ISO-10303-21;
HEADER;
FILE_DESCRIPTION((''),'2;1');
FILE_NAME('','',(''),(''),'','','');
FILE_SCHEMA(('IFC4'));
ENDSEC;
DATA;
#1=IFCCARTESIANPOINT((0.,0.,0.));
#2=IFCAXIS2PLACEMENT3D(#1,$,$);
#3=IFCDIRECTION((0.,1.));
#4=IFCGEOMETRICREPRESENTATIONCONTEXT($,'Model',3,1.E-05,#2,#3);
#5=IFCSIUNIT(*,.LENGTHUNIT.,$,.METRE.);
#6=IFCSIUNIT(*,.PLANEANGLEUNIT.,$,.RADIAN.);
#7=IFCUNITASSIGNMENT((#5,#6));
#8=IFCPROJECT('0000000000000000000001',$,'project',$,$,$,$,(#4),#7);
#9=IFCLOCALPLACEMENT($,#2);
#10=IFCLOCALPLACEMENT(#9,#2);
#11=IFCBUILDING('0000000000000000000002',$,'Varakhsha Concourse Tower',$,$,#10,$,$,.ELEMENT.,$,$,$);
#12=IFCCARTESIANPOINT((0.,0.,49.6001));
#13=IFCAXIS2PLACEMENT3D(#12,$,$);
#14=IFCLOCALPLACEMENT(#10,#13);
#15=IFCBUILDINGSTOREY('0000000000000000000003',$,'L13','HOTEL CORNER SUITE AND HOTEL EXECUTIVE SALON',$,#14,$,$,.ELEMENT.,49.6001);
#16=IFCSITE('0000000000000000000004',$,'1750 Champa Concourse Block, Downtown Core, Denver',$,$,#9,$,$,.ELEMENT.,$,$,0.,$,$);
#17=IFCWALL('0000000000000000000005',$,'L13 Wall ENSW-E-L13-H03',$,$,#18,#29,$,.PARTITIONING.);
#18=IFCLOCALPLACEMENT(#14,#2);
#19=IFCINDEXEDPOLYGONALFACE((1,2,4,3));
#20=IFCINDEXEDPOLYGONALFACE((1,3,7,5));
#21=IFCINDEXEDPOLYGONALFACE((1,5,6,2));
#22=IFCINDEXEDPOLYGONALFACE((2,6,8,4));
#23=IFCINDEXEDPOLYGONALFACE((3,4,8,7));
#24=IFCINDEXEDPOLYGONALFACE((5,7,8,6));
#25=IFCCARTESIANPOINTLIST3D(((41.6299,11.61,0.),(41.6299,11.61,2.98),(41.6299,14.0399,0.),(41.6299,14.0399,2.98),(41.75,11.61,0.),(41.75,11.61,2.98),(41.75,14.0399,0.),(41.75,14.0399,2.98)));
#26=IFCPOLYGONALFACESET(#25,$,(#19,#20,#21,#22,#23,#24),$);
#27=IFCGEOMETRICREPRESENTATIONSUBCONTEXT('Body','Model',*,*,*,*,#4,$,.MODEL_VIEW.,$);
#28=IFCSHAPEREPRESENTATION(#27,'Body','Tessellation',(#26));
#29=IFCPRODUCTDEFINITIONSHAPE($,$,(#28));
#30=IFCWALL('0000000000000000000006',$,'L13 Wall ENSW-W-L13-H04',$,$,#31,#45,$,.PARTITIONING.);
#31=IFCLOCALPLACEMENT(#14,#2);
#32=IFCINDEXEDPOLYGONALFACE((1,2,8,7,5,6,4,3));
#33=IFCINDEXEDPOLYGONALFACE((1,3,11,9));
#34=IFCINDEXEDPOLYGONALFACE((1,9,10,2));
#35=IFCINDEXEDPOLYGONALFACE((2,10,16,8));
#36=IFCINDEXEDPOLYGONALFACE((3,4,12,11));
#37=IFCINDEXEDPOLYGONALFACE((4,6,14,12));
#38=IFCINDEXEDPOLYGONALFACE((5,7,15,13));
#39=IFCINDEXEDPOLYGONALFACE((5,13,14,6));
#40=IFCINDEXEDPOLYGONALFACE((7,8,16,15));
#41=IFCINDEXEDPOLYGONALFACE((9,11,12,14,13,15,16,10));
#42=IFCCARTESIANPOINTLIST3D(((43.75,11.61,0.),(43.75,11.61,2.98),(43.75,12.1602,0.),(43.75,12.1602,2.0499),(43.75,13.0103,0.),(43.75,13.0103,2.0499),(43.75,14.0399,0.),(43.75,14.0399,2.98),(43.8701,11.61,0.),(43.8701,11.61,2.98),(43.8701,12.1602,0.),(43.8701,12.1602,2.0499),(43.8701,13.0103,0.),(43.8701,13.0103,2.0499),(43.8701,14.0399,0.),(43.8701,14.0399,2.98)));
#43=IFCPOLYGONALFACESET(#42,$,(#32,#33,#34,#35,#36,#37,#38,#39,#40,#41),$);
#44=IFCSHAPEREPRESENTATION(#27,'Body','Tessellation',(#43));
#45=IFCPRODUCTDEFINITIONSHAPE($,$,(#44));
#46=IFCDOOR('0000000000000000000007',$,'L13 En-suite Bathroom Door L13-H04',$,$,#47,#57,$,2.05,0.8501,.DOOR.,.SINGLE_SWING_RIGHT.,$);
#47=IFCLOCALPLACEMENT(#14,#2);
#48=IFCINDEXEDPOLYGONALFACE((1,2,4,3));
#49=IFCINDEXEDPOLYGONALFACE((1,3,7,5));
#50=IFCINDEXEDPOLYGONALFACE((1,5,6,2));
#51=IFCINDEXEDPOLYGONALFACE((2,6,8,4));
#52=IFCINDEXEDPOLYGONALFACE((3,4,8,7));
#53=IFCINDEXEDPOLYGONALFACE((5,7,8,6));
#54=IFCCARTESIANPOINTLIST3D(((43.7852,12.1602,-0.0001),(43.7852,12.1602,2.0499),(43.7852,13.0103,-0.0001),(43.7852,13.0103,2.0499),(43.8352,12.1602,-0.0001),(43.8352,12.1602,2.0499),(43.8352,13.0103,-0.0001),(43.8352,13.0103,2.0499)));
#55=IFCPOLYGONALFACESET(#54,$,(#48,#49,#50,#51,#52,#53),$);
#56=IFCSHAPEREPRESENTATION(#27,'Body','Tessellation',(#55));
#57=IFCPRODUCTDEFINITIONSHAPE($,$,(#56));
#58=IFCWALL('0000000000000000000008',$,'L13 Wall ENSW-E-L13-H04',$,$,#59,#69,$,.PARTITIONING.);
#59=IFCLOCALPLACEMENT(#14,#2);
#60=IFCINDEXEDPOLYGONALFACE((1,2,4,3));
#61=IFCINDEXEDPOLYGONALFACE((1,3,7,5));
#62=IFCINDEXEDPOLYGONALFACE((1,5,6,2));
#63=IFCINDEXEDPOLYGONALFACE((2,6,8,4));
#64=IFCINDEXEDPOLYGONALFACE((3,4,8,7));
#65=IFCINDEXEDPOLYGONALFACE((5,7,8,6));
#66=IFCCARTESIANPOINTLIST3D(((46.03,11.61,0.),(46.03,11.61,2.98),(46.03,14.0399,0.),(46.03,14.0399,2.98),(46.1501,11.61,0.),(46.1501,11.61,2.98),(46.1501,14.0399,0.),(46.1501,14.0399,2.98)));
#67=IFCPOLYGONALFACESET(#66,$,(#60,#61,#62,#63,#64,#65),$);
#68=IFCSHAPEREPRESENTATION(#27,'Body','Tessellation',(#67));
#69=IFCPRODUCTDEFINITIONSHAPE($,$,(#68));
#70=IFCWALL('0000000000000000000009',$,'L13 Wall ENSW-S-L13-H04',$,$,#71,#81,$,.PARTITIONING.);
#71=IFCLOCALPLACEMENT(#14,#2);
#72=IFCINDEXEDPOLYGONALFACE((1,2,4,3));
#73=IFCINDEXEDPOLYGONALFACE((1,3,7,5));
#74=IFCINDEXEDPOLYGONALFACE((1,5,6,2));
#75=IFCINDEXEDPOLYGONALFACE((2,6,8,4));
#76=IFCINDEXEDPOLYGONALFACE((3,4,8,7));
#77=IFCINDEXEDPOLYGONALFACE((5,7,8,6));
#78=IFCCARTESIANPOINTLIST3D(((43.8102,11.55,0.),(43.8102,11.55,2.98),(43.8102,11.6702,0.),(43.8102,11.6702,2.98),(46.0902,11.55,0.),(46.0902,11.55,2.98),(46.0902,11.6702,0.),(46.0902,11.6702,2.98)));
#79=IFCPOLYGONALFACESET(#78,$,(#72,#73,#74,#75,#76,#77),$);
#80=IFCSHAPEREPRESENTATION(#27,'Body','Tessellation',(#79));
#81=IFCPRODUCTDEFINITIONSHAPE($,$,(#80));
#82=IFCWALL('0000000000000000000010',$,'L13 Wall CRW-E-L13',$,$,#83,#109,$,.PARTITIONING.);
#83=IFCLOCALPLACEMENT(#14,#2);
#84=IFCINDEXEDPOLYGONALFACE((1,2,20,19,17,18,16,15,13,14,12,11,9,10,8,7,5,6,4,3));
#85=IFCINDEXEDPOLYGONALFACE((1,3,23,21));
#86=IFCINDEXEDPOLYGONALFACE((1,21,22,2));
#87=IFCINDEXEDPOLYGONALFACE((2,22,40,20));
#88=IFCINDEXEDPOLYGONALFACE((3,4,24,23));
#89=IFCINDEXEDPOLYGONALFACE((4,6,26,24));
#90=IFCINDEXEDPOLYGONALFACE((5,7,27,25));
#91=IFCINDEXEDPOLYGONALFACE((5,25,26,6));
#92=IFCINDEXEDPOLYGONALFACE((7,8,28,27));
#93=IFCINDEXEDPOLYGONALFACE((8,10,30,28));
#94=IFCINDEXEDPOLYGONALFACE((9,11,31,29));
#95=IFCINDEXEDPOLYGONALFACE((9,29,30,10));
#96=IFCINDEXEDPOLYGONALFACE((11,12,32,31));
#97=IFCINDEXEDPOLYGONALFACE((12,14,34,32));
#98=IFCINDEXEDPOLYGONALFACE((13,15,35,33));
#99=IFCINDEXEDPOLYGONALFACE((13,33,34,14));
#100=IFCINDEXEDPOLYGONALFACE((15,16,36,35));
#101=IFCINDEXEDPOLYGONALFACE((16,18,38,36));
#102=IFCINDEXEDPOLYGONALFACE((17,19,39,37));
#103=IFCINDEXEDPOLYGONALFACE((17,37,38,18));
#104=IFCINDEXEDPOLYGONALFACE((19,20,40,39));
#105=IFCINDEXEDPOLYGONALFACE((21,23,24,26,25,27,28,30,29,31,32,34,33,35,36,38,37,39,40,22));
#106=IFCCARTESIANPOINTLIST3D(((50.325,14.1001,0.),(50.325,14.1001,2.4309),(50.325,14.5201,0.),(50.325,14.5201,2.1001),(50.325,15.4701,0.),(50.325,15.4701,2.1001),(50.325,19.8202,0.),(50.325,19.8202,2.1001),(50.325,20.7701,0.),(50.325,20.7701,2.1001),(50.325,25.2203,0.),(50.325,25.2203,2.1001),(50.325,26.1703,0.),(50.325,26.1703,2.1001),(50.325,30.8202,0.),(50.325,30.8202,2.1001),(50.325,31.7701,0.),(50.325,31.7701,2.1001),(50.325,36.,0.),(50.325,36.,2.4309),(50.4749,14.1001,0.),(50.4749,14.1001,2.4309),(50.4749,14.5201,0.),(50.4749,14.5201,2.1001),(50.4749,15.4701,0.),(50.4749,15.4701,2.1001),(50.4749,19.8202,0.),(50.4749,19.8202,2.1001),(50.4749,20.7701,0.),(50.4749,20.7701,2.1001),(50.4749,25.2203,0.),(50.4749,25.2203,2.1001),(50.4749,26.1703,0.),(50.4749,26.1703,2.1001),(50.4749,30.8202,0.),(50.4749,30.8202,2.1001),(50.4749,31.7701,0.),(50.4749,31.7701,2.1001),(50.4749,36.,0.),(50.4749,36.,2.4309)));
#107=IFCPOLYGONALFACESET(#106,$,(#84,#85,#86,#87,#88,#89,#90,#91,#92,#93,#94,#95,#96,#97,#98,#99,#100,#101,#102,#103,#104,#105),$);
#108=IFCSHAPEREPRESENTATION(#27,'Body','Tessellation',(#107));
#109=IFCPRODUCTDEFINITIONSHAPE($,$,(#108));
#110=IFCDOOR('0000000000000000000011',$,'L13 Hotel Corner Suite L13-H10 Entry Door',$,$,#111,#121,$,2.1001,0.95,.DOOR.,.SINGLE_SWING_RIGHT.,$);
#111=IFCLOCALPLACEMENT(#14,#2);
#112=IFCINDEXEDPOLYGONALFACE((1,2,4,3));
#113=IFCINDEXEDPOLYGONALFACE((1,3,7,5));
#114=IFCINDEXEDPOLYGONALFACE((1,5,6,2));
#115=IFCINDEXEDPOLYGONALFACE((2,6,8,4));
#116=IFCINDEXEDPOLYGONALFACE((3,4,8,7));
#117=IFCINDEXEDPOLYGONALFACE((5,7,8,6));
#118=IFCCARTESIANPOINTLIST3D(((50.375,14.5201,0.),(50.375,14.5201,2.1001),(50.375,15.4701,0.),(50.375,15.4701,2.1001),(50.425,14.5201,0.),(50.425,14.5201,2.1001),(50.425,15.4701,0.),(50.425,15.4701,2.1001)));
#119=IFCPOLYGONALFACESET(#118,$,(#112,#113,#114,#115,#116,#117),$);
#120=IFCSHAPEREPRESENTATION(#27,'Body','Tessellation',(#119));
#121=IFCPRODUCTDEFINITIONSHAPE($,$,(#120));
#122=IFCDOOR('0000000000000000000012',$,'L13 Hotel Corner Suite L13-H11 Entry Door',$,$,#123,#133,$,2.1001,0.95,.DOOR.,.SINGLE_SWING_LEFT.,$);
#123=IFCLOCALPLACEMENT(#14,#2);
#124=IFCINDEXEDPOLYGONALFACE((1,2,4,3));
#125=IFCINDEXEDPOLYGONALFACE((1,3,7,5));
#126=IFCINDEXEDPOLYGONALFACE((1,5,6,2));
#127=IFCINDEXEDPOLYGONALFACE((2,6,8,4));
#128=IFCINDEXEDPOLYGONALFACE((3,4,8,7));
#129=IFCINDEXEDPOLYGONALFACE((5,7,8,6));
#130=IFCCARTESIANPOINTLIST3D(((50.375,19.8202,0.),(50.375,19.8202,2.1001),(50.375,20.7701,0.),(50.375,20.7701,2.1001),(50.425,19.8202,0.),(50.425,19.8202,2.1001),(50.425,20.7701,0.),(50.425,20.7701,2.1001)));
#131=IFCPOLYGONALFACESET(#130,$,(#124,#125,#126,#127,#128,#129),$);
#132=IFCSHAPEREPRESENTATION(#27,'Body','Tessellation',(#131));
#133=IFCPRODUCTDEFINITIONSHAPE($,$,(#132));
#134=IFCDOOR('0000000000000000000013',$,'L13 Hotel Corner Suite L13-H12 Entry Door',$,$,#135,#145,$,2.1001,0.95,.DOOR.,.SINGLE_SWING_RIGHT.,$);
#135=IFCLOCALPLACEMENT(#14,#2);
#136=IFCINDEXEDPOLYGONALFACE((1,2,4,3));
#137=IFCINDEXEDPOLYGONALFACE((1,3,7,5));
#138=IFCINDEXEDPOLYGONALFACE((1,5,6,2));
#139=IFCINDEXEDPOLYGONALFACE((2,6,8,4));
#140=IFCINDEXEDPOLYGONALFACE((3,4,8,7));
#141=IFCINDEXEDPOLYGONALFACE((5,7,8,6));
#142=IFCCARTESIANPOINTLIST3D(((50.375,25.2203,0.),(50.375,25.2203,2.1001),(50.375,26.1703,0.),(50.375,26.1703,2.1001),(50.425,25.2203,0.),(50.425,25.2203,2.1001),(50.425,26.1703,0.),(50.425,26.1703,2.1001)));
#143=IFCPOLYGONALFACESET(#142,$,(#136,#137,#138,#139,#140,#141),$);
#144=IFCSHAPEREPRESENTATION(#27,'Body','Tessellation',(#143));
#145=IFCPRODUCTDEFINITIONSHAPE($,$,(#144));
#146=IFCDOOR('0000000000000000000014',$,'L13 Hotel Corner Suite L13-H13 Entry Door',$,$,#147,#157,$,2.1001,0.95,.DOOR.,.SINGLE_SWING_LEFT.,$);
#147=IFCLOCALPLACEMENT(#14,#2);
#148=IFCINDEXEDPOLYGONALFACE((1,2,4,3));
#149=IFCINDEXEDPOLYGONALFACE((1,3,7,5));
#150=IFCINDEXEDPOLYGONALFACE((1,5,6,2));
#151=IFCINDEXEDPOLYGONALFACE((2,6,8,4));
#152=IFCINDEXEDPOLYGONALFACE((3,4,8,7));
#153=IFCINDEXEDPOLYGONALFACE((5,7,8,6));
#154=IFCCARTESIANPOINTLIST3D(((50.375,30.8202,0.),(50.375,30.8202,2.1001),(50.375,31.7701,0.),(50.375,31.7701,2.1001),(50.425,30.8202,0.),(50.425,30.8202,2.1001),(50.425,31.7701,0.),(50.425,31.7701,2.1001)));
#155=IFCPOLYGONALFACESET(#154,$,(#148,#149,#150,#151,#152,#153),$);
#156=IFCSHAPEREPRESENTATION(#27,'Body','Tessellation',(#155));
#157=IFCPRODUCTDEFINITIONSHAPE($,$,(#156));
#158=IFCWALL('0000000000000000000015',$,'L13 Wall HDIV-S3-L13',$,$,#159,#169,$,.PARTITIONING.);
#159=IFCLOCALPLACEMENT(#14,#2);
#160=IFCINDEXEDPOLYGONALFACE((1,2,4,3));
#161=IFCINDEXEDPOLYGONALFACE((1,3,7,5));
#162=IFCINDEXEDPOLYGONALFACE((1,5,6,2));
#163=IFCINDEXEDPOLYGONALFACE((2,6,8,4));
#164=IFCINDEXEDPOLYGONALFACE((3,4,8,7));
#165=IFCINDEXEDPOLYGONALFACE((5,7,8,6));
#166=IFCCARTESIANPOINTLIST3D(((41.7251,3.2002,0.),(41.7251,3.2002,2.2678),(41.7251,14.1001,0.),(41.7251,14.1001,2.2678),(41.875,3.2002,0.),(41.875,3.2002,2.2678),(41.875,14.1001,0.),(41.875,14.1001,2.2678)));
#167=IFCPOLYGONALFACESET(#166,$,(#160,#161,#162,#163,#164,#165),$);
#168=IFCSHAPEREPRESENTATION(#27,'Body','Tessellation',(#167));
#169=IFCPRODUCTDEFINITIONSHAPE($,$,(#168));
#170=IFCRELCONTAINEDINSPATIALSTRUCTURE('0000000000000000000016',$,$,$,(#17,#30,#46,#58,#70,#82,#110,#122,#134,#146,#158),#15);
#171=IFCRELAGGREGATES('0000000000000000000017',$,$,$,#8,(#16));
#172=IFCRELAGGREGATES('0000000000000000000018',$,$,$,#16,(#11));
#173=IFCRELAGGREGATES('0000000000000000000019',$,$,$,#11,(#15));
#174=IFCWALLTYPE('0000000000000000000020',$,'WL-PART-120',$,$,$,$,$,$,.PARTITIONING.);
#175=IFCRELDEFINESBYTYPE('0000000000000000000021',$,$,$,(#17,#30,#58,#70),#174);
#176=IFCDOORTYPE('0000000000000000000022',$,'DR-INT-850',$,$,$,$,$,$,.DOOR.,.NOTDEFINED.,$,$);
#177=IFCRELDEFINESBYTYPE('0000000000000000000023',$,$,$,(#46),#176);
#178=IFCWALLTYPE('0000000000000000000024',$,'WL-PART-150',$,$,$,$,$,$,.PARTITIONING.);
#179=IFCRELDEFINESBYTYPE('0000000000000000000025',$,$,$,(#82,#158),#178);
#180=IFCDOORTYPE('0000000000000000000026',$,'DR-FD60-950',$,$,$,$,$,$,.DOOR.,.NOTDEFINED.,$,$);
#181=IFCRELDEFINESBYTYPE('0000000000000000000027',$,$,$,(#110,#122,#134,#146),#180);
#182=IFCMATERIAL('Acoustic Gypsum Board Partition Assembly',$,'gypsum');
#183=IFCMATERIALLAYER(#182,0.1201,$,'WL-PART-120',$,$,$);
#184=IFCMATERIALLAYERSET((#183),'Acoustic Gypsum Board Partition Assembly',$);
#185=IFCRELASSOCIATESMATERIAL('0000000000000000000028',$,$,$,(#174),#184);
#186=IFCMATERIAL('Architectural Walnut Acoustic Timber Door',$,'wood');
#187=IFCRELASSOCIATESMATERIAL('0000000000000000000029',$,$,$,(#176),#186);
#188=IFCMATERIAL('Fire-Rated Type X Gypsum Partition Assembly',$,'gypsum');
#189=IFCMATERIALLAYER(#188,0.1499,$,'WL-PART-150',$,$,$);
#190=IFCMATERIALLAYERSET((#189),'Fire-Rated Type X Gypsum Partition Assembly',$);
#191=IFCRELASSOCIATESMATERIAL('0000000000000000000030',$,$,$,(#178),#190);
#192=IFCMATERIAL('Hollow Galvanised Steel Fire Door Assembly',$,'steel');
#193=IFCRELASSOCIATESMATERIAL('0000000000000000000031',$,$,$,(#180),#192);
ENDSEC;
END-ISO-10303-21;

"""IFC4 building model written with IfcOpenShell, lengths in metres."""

from ifc_helpers import new_model, si_unit, direction, frame, frame_2d, origin, place, context, subcontext, project, spatial, rectangle, extrude, material, layer, layer_set, type_object, element, fill, save


model = new_model("IFC4")

# Units and contexts
model_context = context("Model", 3, precision=1e-05, world=origin(), true_north=direction((0.0, 1.0)))
body_context = subcontext(model_context, "Body", "Model", "MODEL_VIEW")
ifc_project = project(units=[si_unit("LENGTHUNIT", "METRE"), si_unit("PLANEANGLEUNIT", "RADIAN")], contexts=[model_context])

# Site, building, storey
site_placement = place(None, origin())
site = spatial("IfcSite", under=ifc_project, at=site_placement, Name="1750 Champa Concourse Block, Downtown Core, Denver", CompositionType="ELEMENT", RefElevation=0.0)
building_placement = place(site_placement, origin())
building = spatial("IfcBuilding", under=site, at=building_placement, Name="Varakhsha Concourse Tower", CompositionType="ELEMENT")
storey_placement = place(building_placement, frame((0.0, 0.0, 49.6001)))
storey = spatial("IfcBuildingStorey", under=building, at=storey_placement, Name="L13", Description="HOTEL CORNER SUITE AND HOTEL EXECUTIVE SALON", CompositionType="ELEMENT", Elevation=49.6001)

# Shared definitions
ifc_material_1 = material(Name="Fire-Rated Type X Gypsum Partition Assembly", Category="gypsum")
ifc_material_2 = material(Name="Hollow Galvanised Steel Fire Door Assembly", Category="steel")

# Wall
ifc_material_3 = material(Name="Acoustic Gypsum Board Partition Assembly", Category="gypsum")
ifc_layer_1 = layer(ifc_material_3, 0.1201, Name="WL-PART-120")
ifc_layer_set_1 = layer_set([ifc_layer_1], Name="Acoustic Gypsum Board Partition Assembly")
wall_type_1 = type_object("IfcWallType", Name="WL-PART-120", PredefinedType="PARTITIONING", material=ifc_layer_set_1)
wall_1_placement = place(storey_placement, frame((41.6899, 11.6101, 0.0), z_axis=(0.0, 0.0, 1.0), x_axis=(0.0, 1.0, 0.0)))
element("IfcWall", 1, at=wall_1_placement, inside=storey, type_object=wall_type_1, Name="L13 Wall ENSW-E-L13-H03", PredefinedType="PARTITIONING", context=body_context, shape_type="SweptSolid", body=[
    extrude(rectangle(XDim=2.4299, YDim=0.1201, at=frame_2d((1.2148, 0.0))), origin(), (0.0, 0.0, 1.0), 2.98),
])

# Wall, opening, door
wall_2_placement = place(storey_placement, frame((43.8101, 11.6101, 0.0), z_axis=(0.0, 0.0, 1.0), x_axis=(0.0, 1.0, 0.0)))
wall_2 = element("IfcWall", 2, at=wall_2_placement, inside=storey, type_object=wall_type_1, Name="L13 Wall ENSW-W-L13-H04", PredefinedType="PARTITIONING", context=body_context, shape_type="SweptSolid", body=[
    extrude(rectangle(XDim=2.4299, YDim=0.1201, at=frame_2d((1.2148, 0.0))), origin(), (0.0, 0.0, 1.0), 2.98),
])
opening_1_placement = place(wall_2_placement, frame((0.55, 0.0, 0.0)))
opening_1 = element("IfcOpeningElement", 3, at=opening_1_placement, cuts=wall_2, PredefinedType="OPENING", context=body_context, shape_type="SweptSolid", body=[
    extrude(rectangle(XDim=0.8501, YDim=2.05, at=frame_2d((0.425, 1.0249))), frame((0.0, 0.0701, 0.0), z_axis=(0.0, -1.0, 0.0), x_axis=(1.0, 0.0, 0.0)), (0.0, 0.0, 1.0), 0.1401),
])
ifc_material_4 = material(Name="Architectural Walnut Acoustic Timber Door", Category="wood")
door_type_1 = type_object("IfcDoorType", Name="DR-INT-850", OperationType="NOTDEFINED", PredefinedType="DOOR", material=ifc_material_4)
door_1_placement = place(opening_1_placement, origin())
door_1 = element("IfcDoor", 4, at=door_1_placement, inside=storey, type_object=door_type_1, Name="L13 En-suite Bathroom Door L13-H04", OperationType="SINGLE_SWING_RIGHT", OverallHeight=2.05, OverallWidth=0.8501, PredefinedType="DOOR", context=body_context, shape_type="SweptSolid", body=[
    extrude(rectangle(XDim=0.8501, YDim=2.05, at=frame_2d((0.425, 1.0249))), frame((0.0, 0.0249, 0.0), z_axis=(0.0, -1.0, 0.0), x_axis=(1.0, 0.0, 0.0)), (0.0, 0.0, 1.0), 0.05),
])
fill(opening_1, door_1)

# Walls
wall_3_placement = place(storey_placement, frame((46.0901, 11.6101, 0.0), z_axis=(0.0, 0.0, 1.0), x_axis=(0.0, 1.0, 0.0)))
element("IfcWall", 5, at=wall_3_placement, inside=storey, type_object=wall_type_1, Name="L13 Wall ENSW-E-L13-H04", PredefinedType="PARTITIONING", context=body_context, shape_type="SweptSolid", body=[
    extrude(rectangle(XDim=2.4299, YDim=0.1201, at=frame_2d((1.2148, 0.0))), origin(), (0.0, 0.0, 1.0), 2.98),
])
wall_4_placement = place(storey_placement, frame((43.8101, 11.6101, 0.0), z_axis=(0.0, 0.0, 1.0), x_axis=(1.0, 0.0, 0.0)))
element("IfcWall", 6, at=wall_4_placement, inside=storey, type_object=wall_type_1, Name="L13 Wall ENSW-S-L13-H04", PredefinedType="PARTITIONING", context=body_context, shape_type="SweptSolid", body=[
    extrude(rectangle(XDim=2.28, YDim=0.1201, at=frame_2d((1.1401, 0.0))), origin(), (0.0, 0.0, 1.0), 2.98),
])

# Wall, openings, doors
ifc_layer_2 = layer(ifc_material_1, 0.1499, Name="WL-PART-150")
ifc_layer_set_2 = layer_set([ifc_layer_2], Name="Fire-Rated Type X Gypsum Partition Assembly")
wall_type_2 = type_object("IfcWallType", Name="WL-PART-150", PredefinedType="PARTITIONING", material=ifc_layer_set_2)
wall_5_placement = place(storey_placement, frame((50.3999, 14.1001, 0.0), z_axis=(0.0, 0.0, 1.0), x_axis=(0.0, 1.0, 0.0)))
wall_5 = element("IfcWall", 7, at=wall_5_placement, inside=storey, type_object=wall_type_2, Name="L13 Wall CRW-E-L13", PredefinedType="PARTITIONING", context=body_context, shape_type="SweptSolid", body=[
    extrude(rectangle(XDim=21.8999, YDim=0.1499, at=frame_2d((10.95, 0.0))), origin(), (0.0, 0.0, 1.0), 2.4309),
])
opening_2_placement = place(wall_5_placement, frame((0.4199, 0.0, 0.0)))
opening_2 = element("IfcOpeningElement", 8, at=opening_2_placement, cuts=wall_5, PredefinedType="OPENING", context=body_context, shape_type="SweptSolid", body=[
    extrude(rectangle(XDim=0.95, YDim=2.1001, at=frame_2d((0.4751, 1.05))), frame((0.0, 0.085, 0.0), z_axis=(0.0, -1.0, 0.0), x_axis=(1.0, 0.0, 0.0)), (0.0, 0.0, 1.0), 0.1699),
])
opening_3_placement = place(wall_5_placement, frame((5.72, 0.0, 0.0)))
opening_3 = element("IfcOpeningElement", 9, at=opening_3_placement, cuts=wall_5, PredefinedType="OPENING", context=body_context, shape_type="SweptSolid", body=[
    extrude(rectangle(XDim=0.95, YDim=2.1001, at=frame_2d((0.4751, 1.05))), frame((0.0, 0.085, 0.0), z_axis=(0.0, -1.0, 0.0), x_axis=(1.0, 0.0, 0.0)), (0.0, 0.0, 1.0), 0.1699),
])
opening_4_placement = place(wall_5_placement, frame((11.1201, 0.0, 0.0)))
opening_4 = element("IfcOpeningElement", 10, at=opening_4_placement, cuts=wall_5, PredefinedType="OPENING", context=body_context, shape_type="SweptSolid", body=[
    extrude(rectangle(XDim=0.95, YDim=2.1001, at=frame_2d((0.4751, 1.05))), frame((0.0, 0.085, 0.0), z_axis=(0.0, -1.0, 0.0), x_axis=(1.0, 0.0, 0.0)), (0.0, 0.0, 1.0), 0.1699),
])
opening_5_placement = place(wall_5_placement, frame((16.72, 0.0, 0.0)))
opening_5 = element("IfcOpeningElement", 11, at=opening_5_placement, cuts=wall_5, PredefinedType="OPENING", context=body_context, shape_type="SweptSolid", body=[
    extrude(rectangle(XDim=0.95, YDim=2.1001, at=frame_2d((0.4751, 1.05))), frame((0.0, 0.085, 0.0), z_axis=(0.0, -1.0, 0.0), x_axis=(1.0, 0.0, 0.0)), (0.0, 0.0, 1.0), 0.1699),
])
door_type_2 = type_object("IfcDoorType", Name="DR-FD60-950", OperationType="NOTDEFINED", PredefinedType="DOOR", material=ifc_material_2)
door_2_placement = place(opening_2_placement, origin())
door_2 = element("IfcDoor", 12, at=door_2_placement, inside=storey, type_object=door_type_2, Name="L13 Hotel Corner Suite L13-H10 Entry Door", OperationType="SINGLE_SWING_RIGHT", OverallHeight=2.1001, OverallWidth=0.95, PredefinedType="DOOR", context=body_context, shape_type="SweptSolid", body=[
    extrude(rectangle(XDim=0.95, YDim=2.1001, at=frame_2d((0.4751, 1.05))), frame((0.0, 0.0249, 0.0), z_axis=(0.0, -1.0, 0.0), x_axis=(1.0, 0.0, 0.0)), (0.0, 0.0, 1.0), 0.05),
])
fill(opening_2, door_2)
door_3_placement = place(opening_3_placement, origin())
door_3 = element("IfcDoor", 13, at=door_3_placement, inside=storey, type_object=door_type_2, Name="L13 Hotel Corner Suite L13-H11 Entry Door", OperationType="SINGLE_SWING_LEFT", OverallHeight=2.1001, OverallWidth=0.95, PredefinedType="DOOR", context=body_context, shape_type="SweptSolid", body=[
    extrude(rectangle(XDim=0.95, YDim=2.1001, at=frame_2d((0.4751, 1.05))), frame((0.0, 0.0249, 0.0), z_axis=(0.0, -1.0, 0.0), x_axis=(1.0, 0.0, 0.0)), (0.0, 0.0, 1.0), 0.05),
])
fill(opening_3, door_3)
door_4_placement = place(opening_4_placement, origin())
door_4 = element("IfcDoor", 14, at=door_4_placement, inside=storey, type_object=door_type_2, Name="L13 Hotel Corner Suite L13-H12 Entry Door", OperationType="SINGLE_SWING_RIGHT", OverallHeight=2.1001, OverallWidth=0.95, PredefinedType="DOOR", context=body_context, shape_type="SweptSolid", body=[
    extrude(rectangle(XDim=0.95, YDim=2.1001, at=frame_2d((0.4751, 1.05))), frame((0.0, 0.0249, 0.0), z_axis=(0.0, -1.0, 0.0), x_axis=(1.0, 0.0, 0.0)), (0.0, 0.0, 1.0), 0.05),
])
fill(opening_4, door_4)
door_5_placement = place(opening_5_placement, origin())
door_5 = element("IfcDoor", 15, at=door_5_placement, inside=storey, type_object=door_type_2, Name="L13 Hotel Corner Suite L13-H13 Entry Door", OperationType="SINGLE_SWING_LEFT", OverallHeight=2.1001, OverallWidth=0.95, PredefinedType="DOOR", context=body_context, shape_type="SweptSolid", body=[
    extrude(rectangle(XDim=0.95, YDim=2.1001, at=frame_2d((0.4751, 1.05))), frame((0.0, 0.0249, 0.0), z_axis=(0.0, -1.0, 0.0), x_axis=(1.0, 0.0, 0.0)), (0.0, 0.0, 1.0), 0.05),
])
fill(opening_5, door_5)

# Wall
wall_6_placement = place(storey_placement, frame((41.8, 3.2002, 0.0), z_axis=(0.0, 0.0, 1.0), x_axis=(0.0, 1.0, 0.0)))
element("IfcWall", 16, at=wall_6_placement, inside=storey, type_object=wall_type_2, Name="L13 Wall HDIV-S3-L13", PredefinedType="PARTITIONING", context=body_context, shape_type="SweptSolid", body=[
    extrude(rectangle(XDim=10.8999, YDim=0.1499, at=frame_2d((5.45, 0.0))), origin(), (0.0, 0.0, 1.0), 2.2678),
])

save(model, "model.ifc")
